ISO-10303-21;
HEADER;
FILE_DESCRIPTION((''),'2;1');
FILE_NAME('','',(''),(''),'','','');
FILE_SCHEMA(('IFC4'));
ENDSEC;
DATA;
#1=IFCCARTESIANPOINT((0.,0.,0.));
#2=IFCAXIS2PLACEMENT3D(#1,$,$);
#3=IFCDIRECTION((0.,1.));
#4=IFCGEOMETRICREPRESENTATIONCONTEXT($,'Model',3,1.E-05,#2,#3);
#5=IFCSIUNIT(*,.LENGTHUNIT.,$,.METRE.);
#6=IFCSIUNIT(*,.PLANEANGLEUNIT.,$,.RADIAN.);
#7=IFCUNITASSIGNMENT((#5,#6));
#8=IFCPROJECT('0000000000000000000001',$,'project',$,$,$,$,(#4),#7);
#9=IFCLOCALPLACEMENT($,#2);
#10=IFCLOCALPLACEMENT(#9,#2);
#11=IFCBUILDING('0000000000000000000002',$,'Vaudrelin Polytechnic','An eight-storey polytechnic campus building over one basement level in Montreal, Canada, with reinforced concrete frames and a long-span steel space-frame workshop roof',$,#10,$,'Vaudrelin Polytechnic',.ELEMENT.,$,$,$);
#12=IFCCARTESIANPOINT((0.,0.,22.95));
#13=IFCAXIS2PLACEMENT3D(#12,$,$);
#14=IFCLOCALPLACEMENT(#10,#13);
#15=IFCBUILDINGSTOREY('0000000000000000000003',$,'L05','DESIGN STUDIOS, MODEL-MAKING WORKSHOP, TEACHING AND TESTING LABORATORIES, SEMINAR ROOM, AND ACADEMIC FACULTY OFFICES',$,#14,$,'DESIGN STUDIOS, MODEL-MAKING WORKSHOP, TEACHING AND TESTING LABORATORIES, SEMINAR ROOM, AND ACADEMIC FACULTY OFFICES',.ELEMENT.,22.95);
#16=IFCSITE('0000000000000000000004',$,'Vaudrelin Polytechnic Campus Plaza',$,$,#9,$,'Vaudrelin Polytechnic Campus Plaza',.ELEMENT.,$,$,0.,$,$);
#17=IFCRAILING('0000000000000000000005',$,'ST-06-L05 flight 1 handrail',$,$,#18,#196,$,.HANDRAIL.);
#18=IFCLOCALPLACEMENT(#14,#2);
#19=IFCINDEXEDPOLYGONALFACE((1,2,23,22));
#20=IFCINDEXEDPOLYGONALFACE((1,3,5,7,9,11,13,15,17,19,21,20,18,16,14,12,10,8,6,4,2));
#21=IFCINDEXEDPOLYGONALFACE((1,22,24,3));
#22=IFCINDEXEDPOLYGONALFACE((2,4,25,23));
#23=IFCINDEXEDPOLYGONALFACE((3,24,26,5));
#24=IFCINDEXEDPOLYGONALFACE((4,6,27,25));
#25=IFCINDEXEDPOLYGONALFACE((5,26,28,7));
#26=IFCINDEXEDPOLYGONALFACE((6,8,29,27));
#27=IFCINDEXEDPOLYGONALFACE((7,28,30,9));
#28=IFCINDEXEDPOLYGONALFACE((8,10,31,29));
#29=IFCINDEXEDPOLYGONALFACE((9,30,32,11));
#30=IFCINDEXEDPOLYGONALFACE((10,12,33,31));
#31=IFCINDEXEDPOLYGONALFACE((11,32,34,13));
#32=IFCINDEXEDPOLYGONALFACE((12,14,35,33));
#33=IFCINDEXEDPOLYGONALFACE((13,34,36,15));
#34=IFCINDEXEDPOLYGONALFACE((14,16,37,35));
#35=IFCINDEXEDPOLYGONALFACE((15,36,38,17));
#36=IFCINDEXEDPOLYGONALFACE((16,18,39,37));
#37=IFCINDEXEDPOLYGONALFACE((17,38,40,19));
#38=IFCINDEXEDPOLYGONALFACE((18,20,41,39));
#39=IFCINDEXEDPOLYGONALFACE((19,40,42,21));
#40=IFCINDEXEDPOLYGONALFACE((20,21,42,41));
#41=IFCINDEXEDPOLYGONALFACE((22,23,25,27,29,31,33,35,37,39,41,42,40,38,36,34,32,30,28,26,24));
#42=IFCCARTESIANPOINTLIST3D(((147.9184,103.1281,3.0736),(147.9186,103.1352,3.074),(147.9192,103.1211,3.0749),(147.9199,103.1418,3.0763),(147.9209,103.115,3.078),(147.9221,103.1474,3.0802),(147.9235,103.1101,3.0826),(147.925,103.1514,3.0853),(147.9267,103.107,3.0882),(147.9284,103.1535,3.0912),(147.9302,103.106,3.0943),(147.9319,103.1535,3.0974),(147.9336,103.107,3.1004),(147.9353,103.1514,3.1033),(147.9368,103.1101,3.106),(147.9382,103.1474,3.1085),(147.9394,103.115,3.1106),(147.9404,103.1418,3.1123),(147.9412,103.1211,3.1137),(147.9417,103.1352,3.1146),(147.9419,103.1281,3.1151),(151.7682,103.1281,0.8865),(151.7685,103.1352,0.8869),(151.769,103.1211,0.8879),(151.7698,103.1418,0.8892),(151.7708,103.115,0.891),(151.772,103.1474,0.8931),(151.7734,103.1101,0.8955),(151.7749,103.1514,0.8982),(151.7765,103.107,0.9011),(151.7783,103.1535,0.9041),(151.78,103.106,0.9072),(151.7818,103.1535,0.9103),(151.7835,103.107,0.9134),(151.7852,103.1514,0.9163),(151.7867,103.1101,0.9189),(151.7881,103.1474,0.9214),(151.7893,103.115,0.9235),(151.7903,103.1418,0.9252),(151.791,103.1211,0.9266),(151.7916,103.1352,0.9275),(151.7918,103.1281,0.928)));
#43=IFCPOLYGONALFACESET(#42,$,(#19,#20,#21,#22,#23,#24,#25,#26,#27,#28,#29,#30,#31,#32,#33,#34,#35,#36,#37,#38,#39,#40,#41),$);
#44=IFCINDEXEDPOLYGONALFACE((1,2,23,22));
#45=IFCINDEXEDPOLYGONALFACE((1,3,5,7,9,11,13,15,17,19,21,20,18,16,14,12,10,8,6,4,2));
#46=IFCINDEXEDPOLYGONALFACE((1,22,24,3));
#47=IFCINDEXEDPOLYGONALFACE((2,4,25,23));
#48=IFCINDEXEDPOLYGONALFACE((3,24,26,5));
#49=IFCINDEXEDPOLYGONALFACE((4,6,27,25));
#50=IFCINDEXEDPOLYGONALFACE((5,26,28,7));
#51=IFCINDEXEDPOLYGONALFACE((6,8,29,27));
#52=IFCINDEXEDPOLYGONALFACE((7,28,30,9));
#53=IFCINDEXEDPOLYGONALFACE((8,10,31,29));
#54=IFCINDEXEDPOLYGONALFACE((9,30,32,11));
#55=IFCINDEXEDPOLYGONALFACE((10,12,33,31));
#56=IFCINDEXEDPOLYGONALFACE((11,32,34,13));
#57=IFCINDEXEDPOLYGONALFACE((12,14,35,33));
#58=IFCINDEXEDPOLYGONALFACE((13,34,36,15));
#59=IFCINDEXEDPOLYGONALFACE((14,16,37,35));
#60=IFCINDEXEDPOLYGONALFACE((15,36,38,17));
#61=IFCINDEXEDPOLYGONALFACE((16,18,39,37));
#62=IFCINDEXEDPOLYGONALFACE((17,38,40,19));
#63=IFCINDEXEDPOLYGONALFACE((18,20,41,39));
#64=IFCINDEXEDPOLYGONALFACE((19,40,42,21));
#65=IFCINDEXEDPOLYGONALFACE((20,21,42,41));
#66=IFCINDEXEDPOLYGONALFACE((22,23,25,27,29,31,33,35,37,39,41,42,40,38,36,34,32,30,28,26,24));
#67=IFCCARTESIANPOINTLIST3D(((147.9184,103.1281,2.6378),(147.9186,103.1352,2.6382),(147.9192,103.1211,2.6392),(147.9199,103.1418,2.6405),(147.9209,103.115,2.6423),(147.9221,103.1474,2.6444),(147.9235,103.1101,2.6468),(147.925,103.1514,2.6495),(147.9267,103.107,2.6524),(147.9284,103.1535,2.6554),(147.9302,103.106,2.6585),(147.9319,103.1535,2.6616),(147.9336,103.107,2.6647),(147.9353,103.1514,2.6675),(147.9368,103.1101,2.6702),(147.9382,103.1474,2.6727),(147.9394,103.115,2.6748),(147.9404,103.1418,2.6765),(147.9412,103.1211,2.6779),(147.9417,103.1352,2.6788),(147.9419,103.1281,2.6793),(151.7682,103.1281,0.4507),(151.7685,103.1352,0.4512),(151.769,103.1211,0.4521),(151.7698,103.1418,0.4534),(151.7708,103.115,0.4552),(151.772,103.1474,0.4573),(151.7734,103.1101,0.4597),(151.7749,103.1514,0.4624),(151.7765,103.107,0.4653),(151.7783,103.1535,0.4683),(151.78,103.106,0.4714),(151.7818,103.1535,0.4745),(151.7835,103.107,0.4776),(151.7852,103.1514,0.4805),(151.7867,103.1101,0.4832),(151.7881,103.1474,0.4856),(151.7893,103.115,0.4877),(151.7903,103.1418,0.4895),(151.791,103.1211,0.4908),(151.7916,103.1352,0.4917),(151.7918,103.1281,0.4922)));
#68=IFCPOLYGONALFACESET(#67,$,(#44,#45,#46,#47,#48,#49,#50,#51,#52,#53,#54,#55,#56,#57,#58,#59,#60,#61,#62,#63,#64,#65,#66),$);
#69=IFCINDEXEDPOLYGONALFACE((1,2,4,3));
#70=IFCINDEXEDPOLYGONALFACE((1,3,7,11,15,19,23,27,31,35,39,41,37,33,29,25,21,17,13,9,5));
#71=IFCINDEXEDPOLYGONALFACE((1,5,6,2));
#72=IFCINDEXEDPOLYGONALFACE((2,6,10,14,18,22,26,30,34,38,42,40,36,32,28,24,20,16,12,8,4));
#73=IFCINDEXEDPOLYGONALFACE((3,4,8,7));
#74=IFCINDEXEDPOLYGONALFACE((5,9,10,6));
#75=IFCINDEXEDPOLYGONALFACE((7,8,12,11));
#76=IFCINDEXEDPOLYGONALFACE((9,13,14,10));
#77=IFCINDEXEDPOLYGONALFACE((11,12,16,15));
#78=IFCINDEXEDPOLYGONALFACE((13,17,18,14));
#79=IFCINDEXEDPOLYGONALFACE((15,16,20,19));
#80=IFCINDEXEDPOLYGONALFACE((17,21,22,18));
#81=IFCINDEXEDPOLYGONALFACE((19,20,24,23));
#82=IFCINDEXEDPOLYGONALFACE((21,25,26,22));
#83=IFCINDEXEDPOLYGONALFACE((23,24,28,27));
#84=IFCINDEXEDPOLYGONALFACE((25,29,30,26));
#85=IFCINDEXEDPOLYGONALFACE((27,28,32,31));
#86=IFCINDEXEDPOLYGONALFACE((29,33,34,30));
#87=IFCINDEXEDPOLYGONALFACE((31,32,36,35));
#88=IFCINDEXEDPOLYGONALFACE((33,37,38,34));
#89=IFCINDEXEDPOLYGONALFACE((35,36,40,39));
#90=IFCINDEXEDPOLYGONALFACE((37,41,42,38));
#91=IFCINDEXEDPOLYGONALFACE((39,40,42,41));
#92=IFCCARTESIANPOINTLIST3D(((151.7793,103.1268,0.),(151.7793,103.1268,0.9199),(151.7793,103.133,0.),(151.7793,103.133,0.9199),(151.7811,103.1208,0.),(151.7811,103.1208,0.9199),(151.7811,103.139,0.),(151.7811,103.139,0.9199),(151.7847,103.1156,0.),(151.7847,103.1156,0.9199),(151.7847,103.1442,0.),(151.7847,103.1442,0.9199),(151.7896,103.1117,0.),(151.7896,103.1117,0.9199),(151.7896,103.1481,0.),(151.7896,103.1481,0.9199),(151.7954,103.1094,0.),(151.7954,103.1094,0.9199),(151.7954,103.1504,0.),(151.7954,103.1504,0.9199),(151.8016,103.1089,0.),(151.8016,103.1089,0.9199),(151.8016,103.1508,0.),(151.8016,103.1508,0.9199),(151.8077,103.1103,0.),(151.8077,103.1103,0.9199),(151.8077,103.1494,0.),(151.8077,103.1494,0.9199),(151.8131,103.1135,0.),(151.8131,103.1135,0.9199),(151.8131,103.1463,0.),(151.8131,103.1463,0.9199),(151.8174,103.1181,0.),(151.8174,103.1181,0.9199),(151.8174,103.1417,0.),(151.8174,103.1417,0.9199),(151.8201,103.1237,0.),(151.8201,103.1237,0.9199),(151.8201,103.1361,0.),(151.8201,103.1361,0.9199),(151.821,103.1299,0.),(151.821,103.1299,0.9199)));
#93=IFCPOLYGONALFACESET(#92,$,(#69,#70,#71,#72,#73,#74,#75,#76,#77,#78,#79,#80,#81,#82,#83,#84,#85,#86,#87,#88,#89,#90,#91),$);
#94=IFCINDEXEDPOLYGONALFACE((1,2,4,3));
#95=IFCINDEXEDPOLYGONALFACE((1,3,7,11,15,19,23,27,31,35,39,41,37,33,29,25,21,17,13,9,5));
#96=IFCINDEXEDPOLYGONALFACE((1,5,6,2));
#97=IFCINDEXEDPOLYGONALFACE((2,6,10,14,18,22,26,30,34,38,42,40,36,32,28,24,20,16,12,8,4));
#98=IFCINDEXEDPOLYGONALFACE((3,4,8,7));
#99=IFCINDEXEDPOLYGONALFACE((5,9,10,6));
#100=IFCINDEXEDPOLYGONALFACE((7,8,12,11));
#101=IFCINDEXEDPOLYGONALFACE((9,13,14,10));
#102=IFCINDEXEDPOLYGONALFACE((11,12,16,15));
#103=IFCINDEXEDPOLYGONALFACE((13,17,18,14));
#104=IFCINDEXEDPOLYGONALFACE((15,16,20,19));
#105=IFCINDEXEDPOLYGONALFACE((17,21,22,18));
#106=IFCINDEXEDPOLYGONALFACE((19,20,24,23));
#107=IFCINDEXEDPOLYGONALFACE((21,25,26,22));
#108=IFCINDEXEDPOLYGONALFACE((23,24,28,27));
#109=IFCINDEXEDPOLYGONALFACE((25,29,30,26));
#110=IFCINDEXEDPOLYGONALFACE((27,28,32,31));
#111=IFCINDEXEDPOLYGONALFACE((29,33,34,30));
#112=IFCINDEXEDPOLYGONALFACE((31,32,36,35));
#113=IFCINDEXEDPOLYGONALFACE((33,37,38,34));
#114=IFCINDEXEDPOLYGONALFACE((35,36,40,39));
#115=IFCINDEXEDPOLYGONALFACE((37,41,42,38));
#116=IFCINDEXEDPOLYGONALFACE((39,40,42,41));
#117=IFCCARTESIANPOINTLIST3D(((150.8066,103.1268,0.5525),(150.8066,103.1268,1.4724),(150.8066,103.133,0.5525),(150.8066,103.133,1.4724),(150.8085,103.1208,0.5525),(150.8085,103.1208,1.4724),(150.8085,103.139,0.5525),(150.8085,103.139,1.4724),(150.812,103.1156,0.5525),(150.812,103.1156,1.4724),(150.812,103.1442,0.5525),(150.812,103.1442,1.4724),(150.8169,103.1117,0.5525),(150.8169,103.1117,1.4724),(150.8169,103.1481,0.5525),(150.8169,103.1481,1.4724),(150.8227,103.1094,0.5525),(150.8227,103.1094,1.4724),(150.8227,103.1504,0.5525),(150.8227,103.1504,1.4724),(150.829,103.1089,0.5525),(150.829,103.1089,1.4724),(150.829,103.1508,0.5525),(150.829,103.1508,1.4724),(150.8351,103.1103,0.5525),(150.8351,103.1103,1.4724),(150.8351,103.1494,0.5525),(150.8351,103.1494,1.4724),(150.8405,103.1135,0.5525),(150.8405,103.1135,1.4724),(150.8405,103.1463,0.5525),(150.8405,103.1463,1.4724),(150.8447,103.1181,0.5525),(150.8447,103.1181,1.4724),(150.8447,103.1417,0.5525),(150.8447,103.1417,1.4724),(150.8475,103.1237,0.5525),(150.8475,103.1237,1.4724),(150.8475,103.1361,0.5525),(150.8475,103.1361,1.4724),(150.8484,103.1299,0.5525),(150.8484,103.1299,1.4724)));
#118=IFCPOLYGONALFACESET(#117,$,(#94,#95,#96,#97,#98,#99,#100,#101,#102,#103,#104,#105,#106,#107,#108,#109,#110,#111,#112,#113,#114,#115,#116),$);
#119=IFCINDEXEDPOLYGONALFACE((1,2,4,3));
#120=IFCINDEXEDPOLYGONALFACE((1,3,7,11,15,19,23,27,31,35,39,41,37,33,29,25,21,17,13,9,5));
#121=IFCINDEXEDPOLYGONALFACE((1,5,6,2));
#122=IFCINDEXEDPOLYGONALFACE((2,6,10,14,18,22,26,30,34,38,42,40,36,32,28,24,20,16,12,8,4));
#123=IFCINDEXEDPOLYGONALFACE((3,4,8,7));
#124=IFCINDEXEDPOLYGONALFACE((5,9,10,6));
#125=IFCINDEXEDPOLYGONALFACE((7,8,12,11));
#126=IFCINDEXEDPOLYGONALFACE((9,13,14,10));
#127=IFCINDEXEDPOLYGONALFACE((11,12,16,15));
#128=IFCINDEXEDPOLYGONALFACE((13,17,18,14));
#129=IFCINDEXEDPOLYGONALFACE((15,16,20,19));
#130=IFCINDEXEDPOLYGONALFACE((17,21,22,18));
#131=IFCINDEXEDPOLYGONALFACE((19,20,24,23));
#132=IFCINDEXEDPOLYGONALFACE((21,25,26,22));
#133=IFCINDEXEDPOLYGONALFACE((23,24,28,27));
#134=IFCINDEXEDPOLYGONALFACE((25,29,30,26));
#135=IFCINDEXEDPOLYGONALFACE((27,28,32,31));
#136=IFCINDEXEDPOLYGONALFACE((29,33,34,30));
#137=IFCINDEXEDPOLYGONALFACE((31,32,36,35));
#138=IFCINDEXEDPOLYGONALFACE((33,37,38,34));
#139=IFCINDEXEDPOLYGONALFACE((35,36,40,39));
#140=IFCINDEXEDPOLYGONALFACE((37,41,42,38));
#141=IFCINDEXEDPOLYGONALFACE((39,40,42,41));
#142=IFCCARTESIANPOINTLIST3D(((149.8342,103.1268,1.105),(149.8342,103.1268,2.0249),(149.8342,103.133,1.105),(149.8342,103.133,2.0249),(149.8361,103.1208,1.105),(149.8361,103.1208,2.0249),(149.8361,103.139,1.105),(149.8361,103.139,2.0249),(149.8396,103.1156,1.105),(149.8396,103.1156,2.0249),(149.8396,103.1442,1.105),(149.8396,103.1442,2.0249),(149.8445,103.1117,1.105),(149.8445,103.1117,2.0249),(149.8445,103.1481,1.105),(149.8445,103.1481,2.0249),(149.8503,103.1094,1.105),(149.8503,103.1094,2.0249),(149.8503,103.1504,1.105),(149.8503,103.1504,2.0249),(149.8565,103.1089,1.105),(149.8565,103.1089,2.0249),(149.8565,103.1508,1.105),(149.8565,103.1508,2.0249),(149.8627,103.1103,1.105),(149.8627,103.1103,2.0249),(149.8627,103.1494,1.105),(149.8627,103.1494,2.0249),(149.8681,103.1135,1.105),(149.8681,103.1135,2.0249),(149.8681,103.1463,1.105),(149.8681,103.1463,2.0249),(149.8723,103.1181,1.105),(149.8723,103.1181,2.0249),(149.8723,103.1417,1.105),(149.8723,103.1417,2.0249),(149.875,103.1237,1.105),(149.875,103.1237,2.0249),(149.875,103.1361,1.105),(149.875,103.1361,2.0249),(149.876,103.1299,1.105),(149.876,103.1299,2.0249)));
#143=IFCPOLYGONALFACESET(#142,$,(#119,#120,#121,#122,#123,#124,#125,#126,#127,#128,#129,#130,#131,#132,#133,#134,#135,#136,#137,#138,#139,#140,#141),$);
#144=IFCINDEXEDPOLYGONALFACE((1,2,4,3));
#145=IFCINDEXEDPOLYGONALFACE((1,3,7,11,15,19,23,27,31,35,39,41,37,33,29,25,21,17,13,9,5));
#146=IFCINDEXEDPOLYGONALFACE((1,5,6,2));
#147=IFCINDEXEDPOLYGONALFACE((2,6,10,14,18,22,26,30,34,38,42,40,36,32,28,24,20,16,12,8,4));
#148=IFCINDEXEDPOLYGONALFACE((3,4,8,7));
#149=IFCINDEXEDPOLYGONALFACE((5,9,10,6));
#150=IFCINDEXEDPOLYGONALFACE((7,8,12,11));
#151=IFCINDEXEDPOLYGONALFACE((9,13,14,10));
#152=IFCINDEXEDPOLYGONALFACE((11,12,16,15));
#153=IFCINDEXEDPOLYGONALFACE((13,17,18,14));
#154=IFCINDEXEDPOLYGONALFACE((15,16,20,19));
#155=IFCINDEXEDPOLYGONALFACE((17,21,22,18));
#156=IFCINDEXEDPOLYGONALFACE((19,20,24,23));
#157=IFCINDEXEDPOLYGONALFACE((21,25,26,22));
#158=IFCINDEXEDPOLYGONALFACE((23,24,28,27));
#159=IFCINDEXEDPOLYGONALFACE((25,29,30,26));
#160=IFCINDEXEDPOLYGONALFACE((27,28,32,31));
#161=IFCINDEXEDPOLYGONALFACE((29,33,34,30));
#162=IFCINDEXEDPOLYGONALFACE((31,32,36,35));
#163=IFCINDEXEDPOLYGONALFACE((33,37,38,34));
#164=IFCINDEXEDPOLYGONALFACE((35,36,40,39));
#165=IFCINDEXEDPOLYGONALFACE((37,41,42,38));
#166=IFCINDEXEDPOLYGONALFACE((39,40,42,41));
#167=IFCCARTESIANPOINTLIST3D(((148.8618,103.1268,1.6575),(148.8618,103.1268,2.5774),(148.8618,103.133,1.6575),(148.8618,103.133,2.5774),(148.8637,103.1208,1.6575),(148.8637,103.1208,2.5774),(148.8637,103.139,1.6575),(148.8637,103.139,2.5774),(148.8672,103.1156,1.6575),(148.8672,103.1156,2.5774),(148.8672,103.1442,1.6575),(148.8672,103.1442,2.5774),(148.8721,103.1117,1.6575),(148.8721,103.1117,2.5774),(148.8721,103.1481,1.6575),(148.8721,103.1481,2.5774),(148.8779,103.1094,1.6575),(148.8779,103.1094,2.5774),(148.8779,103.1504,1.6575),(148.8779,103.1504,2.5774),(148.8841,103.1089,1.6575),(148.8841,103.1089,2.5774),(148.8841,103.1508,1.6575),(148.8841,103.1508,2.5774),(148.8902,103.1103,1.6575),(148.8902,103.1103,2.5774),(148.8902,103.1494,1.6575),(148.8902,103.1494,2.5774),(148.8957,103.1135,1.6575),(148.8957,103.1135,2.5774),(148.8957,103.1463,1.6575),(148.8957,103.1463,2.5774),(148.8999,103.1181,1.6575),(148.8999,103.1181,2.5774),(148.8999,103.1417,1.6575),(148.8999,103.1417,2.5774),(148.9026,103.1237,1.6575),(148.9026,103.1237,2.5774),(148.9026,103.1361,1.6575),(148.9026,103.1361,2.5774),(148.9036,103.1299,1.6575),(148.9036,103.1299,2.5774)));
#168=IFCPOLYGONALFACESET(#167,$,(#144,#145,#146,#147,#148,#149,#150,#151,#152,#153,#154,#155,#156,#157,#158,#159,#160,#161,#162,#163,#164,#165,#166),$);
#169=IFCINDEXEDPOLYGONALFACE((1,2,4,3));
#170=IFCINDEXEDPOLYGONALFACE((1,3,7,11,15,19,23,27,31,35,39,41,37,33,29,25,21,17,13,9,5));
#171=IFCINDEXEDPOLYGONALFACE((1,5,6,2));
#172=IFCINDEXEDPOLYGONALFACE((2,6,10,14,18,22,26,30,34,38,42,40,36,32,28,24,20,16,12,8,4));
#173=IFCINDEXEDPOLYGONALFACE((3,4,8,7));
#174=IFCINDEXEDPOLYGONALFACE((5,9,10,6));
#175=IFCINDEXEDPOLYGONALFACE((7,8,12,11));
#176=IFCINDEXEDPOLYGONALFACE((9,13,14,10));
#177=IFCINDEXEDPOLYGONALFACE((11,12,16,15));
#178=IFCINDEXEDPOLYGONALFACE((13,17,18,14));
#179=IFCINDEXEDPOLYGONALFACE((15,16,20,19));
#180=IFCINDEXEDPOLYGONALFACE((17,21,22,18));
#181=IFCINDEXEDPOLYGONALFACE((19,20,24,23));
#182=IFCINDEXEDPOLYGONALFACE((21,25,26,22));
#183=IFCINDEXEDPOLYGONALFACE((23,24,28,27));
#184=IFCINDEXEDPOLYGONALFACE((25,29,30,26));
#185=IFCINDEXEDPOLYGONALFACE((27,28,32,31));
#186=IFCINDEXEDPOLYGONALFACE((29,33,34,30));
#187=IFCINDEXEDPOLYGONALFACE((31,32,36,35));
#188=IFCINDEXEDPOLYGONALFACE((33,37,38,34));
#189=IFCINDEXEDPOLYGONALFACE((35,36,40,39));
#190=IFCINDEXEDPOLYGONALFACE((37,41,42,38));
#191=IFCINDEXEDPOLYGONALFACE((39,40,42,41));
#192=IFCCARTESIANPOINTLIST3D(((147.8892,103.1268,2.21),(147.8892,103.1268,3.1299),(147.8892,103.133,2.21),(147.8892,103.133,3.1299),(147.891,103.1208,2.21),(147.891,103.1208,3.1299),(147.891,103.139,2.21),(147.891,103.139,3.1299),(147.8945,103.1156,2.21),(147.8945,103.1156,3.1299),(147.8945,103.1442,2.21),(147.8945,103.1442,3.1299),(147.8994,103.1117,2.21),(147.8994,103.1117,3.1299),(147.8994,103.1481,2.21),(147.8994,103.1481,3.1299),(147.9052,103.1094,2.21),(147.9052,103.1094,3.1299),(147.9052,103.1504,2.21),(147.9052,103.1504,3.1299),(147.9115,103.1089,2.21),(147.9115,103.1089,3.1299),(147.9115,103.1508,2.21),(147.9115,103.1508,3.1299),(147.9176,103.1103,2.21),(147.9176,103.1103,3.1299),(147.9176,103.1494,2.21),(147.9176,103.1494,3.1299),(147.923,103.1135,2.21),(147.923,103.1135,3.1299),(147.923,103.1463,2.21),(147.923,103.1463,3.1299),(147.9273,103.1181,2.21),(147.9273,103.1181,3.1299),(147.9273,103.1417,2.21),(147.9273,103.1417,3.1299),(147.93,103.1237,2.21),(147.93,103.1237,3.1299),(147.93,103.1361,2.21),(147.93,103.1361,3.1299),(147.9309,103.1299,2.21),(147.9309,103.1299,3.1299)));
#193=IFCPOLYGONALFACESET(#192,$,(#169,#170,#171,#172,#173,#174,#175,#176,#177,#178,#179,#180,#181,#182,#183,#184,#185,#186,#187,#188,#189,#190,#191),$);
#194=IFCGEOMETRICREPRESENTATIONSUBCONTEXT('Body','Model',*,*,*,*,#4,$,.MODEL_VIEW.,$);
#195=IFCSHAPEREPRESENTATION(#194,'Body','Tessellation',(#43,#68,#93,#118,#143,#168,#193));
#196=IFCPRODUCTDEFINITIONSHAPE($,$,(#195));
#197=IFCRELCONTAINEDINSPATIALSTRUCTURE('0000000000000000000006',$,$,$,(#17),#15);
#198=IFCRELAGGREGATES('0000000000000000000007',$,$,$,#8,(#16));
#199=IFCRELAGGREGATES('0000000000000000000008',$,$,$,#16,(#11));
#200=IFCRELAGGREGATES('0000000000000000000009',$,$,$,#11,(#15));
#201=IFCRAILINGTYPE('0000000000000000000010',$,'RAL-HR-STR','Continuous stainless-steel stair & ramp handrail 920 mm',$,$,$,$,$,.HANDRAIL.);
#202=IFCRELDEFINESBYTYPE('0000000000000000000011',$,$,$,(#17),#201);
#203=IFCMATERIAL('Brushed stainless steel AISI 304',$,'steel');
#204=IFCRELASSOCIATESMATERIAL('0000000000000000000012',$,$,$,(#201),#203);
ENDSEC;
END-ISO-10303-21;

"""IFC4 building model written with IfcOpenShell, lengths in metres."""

from ifc_helpers import new_model, si_unit, direction, frame, origin, origin_2d, place, context, subcontext, project, spatial, circle, extrude, material, type_object, element, save


model = new_model("IFC4")

# Units and contexts
model_context = context("Model", 3, precision=1e-05, world=origin(), true_north=direction((0.0, 1.0)))
body_context = subcontext(model_context, "Body", "Model", "MODEL_VIEW")
ifc_project = project(units=[si_unit("LENGTHUNIT", "METRE"), si_unit("PLANEANGLEUNIT", "RADIAN")], contexts=[model_context])

# Site, building, storey
site_placement = place(None, origin())
site = spatial("IfcSite", under=ifc_project, at=site_placement, Name="Vaudrelin Polytechnic Campus Plaza", LongName="Vaudrelin Polytechnic Campus Plaza", CompositionType="ELEMENT", RefElevation=0.0)
building_placement = place(site_placement, origin())
building = spatial("IfcBuilding", under=site, at=building_placement, Name="Vaudrelin Polytechnic", Description="An eight-storey polytechnic campus building over one basement level in Montreal, Canada, with reinforced concrete frames and a long-span steel space-frame workshop roof", LongName="Vaudrelin Polytechnic", CompositionType="ELEMENT")
storey_placement = place(building_placement, frame((0.0, 0.0, 22.95)))
storey = spatial("IfcBuildingStorey", under=building, at=storey_placement, Name="L05", Description="DESIGN STUDIOS, MODEL-MAKING WORKSHOP, TEACHING AND TESTING LABORATORIES, SEMINAR ROOM, AND ACADEMIC FACULTY OFFICES", LongName="DESIGN STUDIOS, MODEL-MAKING WORKSHOP, TEACHING AND TESTING LABORATORIES, SEMINAR ROOM, AND ACADEMIC FACULTY OFFICES", CompositionType="ELEMENT", Elevation=22.95)

# Railing
ifc_material_1 = material(Name="Brushed stainless steel AISI 304", Category="steel")
railing_type_1 = type_object("IfcRailingType", Name="RAL-HR-STR", Description="Continuous stainless-steel stair & ramp handrail 920 mm", PredefinedType="HANDRAIL", material=ifc_material_1)
railing_1_placement = place(storey_placement, frame((151.8, 103.1299, 0.0)))
element("IfcRailing", 1, at=railing_1_placement, inside=storey, type_object=railing_type_1, Name="ST-06-L05 flight 1 handrail", PredefinedType="HANDRAIL", context=body_context, shape_type="SweptSolid", body=[
    extrude(circle(Radius=0.0239, at=origin_2d()), frame((-0.02, 0.0, 0.9072), z_axis=(-0.86949, 0.0, 0.493951), x_axis=(0.0, -1.0, 0.0)), (0.0, 0.0, 1.0), 4.4277),
    extrude(circle(Radius=0.0239, at=origin_2d()), frame((-0.02, 0.0, 0.4714), z_axis=(-0.86949, 0.0, 0.493951), x_axis=(0.0, -1.0, 0.0)), (0.0, 0.0, 1.0), 4.4277),
    extrude(circle(Radius=0.021, at=origin_2d()), origin(), (0.0, 0.0, 1.0), 0.9199),
    extrude(circle(Radius=0.021, at=origin_2d()), frame((-0.9727, 0.0, 0.5525)), (0.0, 0.0, 1.0), 0.9199),
    extrude(circle(Radius=0.021, at=origin_2d()), frame((-1.9451, 0.0, 1.105)), (0.0, 0.0, 1.0), 0.9199),
    extrude(circle(Radius=0.021, at=origin_2d()), frame((-2.9175, 0.0, 1.6575)), (0.0, 0.0, 1.0), 0.9199),
    extrude(circle(Radius=0.021, at=origin_2d()), frame((-3.8901, 0.0, 2.21)), (0.0, 0.0, 1.0), 0.9199),
])

save(model, "model.ifc")
